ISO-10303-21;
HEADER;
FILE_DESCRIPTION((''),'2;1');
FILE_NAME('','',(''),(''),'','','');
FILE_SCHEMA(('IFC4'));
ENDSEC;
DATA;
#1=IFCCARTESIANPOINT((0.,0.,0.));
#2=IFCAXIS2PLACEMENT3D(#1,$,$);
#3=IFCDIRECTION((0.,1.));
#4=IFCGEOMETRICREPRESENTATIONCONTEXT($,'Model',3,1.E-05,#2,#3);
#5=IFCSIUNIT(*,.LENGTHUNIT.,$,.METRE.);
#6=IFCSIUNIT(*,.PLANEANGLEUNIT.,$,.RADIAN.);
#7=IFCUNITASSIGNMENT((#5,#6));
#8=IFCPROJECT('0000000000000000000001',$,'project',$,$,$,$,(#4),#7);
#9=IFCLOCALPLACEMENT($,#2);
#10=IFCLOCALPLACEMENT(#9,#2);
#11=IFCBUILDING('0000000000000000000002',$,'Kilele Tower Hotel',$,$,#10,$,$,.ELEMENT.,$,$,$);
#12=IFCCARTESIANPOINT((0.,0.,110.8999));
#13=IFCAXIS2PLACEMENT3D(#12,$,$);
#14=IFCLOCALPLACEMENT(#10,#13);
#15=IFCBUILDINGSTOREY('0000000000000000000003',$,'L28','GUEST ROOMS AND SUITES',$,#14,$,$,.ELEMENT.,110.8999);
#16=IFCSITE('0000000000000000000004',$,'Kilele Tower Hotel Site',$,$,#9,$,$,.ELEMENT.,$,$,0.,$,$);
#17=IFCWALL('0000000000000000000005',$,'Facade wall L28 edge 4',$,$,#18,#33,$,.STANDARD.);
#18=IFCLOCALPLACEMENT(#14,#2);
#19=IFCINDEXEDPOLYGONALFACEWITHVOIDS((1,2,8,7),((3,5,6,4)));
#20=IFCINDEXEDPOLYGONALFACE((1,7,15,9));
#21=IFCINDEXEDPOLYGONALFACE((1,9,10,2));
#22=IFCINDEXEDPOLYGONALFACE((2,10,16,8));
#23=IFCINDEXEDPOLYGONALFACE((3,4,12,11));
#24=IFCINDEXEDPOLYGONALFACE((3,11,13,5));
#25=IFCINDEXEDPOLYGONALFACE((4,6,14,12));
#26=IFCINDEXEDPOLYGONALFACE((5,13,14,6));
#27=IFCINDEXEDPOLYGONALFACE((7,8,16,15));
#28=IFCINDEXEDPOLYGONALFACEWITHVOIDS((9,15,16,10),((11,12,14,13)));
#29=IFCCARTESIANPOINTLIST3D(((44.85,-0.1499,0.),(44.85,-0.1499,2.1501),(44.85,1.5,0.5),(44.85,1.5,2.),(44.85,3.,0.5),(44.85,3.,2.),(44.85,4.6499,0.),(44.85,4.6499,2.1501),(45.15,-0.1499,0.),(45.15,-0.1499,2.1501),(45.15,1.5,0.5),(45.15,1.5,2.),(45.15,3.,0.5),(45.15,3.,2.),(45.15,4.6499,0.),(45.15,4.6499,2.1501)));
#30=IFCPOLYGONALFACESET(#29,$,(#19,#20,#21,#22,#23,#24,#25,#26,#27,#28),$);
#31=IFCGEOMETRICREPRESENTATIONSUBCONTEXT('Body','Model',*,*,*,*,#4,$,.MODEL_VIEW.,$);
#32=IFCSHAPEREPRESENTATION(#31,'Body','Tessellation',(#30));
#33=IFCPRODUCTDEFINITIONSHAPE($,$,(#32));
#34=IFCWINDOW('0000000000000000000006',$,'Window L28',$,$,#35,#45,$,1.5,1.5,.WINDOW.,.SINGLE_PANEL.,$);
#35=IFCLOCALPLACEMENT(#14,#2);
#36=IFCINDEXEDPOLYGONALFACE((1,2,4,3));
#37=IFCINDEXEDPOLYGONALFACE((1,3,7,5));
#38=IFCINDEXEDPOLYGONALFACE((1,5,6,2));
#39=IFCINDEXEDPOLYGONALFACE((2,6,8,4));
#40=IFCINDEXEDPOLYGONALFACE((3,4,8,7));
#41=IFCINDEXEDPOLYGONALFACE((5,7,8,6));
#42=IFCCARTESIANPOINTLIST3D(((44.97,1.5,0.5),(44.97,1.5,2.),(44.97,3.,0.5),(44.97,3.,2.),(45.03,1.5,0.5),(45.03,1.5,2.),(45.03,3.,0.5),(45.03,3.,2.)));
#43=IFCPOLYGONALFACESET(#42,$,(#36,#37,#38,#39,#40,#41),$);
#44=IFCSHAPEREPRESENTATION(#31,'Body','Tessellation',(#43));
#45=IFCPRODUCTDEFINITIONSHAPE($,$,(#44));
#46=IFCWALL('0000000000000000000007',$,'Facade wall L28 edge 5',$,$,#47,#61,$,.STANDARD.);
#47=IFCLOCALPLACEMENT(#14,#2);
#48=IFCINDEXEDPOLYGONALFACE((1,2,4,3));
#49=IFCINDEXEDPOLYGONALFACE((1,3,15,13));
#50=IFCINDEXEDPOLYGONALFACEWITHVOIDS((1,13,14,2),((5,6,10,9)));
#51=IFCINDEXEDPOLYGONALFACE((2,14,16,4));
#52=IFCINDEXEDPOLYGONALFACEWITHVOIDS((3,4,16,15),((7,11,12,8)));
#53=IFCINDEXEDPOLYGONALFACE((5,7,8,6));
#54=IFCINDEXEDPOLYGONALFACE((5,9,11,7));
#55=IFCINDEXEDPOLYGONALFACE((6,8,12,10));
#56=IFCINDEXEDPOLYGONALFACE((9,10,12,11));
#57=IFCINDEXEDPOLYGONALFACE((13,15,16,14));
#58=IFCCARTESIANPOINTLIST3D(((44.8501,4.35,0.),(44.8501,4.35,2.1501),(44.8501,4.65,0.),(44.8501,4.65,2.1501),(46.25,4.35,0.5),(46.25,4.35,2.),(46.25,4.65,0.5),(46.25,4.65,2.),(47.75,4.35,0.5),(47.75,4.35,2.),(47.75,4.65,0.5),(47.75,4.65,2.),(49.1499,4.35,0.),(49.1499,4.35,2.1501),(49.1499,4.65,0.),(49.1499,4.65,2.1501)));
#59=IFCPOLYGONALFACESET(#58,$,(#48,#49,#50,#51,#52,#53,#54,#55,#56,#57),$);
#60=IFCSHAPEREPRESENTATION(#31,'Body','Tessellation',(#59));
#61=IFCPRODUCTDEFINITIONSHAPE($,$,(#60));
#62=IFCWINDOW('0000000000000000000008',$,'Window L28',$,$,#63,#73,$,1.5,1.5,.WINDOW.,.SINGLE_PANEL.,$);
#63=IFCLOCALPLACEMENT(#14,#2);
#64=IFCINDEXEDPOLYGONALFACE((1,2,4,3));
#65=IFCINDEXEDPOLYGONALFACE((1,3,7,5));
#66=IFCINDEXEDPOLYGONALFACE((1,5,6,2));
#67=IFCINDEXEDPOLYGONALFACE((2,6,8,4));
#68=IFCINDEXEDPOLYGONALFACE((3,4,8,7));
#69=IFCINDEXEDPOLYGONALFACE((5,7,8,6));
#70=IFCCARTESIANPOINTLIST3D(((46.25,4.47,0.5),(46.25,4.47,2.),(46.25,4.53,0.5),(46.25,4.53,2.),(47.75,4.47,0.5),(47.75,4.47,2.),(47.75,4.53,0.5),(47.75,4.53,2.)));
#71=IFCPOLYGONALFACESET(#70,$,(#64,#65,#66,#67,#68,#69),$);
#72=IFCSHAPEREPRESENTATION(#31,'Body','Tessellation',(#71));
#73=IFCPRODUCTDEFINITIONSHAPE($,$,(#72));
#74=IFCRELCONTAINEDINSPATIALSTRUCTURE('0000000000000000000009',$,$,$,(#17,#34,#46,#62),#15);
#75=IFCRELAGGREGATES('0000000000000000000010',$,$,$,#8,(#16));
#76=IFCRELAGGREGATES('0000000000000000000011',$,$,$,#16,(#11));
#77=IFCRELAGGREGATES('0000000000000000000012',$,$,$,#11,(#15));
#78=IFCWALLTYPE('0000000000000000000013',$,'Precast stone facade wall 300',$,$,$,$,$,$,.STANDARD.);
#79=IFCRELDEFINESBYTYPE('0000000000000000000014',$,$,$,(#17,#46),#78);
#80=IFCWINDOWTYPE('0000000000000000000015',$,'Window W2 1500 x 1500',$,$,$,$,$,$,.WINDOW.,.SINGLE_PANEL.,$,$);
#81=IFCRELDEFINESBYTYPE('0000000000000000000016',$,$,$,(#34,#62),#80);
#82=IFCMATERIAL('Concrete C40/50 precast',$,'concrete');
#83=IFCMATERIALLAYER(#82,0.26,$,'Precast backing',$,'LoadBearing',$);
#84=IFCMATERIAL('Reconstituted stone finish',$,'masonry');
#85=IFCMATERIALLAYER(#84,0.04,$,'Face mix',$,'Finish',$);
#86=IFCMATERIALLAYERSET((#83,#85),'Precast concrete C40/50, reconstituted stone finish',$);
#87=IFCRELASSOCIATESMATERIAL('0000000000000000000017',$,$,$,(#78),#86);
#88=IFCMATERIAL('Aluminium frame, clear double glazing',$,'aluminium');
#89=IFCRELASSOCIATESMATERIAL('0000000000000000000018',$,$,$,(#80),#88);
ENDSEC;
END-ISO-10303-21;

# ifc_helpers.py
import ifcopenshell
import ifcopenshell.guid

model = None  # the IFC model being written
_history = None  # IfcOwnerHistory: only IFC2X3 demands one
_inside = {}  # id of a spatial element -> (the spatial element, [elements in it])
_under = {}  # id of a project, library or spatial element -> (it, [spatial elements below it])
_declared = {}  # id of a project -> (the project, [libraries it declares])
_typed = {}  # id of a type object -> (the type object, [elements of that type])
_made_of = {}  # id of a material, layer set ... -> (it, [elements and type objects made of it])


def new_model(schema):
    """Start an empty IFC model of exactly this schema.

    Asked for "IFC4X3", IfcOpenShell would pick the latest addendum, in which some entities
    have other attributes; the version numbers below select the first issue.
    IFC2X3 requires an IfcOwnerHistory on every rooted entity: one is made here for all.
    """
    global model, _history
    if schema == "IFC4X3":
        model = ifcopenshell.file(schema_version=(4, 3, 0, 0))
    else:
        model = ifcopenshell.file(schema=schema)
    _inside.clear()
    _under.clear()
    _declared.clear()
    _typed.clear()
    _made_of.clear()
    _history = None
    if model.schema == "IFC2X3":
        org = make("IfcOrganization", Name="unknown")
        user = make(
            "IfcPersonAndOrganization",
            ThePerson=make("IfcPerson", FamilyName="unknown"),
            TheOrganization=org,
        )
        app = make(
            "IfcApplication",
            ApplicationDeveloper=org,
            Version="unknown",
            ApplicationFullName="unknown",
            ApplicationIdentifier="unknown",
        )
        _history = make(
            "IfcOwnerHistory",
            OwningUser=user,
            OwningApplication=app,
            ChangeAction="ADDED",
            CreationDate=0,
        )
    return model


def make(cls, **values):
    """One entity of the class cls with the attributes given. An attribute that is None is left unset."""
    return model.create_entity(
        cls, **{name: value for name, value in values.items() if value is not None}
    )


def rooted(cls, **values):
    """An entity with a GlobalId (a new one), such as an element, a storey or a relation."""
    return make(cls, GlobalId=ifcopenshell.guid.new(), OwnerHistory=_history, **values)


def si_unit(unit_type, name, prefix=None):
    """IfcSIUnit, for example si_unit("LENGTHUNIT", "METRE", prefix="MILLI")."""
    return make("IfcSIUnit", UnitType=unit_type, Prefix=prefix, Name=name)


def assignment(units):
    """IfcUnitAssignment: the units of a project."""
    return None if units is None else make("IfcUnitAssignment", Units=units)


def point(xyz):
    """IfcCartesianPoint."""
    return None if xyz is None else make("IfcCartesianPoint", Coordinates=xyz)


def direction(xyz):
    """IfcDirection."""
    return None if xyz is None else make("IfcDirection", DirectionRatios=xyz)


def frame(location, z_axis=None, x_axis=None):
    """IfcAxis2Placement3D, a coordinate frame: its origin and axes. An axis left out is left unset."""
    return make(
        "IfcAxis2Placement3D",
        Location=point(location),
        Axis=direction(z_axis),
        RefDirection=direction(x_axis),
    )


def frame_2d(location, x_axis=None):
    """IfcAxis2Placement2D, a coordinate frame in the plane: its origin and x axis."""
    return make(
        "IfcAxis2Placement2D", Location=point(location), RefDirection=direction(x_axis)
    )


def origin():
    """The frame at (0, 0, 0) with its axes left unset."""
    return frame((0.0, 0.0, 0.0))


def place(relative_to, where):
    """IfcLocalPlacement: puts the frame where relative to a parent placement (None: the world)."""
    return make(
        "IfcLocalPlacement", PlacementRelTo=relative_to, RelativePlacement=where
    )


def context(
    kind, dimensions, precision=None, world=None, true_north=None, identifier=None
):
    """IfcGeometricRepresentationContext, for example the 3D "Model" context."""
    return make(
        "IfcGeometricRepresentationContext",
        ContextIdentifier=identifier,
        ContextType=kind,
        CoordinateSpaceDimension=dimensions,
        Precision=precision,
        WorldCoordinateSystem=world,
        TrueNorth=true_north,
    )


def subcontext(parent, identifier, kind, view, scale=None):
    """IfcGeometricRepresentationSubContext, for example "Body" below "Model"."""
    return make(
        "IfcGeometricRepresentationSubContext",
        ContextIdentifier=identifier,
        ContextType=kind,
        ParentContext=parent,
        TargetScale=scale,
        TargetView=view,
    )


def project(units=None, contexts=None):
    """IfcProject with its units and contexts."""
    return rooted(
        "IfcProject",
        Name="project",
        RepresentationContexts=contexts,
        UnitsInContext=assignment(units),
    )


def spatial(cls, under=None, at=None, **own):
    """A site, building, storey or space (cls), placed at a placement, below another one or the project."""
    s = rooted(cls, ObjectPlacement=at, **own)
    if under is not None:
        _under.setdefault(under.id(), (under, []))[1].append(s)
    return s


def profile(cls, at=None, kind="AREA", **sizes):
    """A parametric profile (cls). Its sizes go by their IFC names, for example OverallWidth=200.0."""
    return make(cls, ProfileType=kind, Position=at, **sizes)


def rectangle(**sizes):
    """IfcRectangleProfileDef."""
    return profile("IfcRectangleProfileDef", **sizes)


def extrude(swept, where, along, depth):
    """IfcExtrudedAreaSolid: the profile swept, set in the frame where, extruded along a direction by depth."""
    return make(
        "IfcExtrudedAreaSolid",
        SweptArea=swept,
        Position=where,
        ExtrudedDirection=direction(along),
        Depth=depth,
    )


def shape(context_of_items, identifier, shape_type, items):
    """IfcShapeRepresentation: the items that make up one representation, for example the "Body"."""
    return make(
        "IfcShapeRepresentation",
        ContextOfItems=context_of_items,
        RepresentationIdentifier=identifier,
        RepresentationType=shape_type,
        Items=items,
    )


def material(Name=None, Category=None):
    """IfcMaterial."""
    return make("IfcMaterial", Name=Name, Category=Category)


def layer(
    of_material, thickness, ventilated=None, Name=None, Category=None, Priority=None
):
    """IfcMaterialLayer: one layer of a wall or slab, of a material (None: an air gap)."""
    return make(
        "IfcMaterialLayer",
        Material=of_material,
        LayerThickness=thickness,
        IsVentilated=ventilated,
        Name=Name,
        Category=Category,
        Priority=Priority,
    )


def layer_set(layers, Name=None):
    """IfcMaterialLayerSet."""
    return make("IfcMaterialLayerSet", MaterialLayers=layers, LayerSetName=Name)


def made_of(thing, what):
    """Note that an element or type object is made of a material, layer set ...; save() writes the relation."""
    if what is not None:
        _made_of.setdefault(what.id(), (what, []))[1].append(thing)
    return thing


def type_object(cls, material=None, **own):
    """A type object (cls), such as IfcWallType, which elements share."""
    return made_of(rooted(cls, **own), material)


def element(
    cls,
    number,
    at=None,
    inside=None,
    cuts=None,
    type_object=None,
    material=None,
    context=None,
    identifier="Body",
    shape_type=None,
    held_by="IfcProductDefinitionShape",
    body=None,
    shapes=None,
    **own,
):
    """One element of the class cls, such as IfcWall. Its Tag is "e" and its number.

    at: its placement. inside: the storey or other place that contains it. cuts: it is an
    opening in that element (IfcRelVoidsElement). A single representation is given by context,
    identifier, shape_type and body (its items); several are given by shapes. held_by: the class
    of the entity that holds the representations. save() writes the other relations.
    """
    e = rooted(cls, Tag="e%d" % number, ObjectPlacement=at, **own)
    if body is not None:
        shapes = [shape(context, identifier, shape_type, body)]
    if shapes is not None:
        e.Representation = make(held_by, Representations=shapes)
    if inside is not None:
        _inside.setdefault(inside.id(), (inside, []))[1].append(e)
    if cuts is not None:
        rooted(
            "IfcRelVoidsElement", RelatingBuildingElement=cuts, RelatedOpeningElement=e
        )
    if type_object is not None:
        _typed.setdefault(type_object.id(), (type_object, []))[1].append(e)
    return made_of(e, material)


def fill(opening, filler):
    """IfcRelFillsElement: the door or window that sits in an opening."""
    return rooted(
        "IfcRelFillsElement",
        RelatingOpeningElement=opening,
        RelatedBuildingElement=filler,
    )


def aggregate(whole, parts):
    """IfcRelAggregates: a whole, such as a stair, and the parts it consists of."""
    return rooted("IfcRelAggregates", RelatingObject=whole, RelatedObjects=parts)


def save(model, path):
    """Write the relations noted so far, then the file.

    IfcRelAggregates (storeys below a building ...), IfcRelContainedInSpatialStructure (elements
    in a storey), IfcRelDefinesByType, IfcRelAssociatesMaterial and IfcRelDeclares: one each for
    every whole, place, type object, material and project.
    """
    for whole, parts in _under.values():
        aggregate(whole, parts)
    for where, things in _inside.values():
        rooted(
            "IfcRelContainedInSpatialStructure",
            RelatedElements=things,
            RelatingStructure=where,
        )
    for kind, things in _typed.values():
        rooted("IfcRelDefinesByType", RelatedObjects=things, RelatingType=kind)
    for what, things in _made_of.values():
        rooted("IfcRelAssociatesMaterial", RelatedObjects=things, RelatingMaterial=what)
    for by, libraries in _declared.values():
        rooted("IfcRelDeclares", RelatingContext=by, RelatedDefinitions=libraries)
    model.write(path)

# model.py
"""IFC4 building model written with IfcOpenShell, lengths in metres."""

from ifc_helpers import new_model, si_unit, direction, frame, frame_2d, origin, place, context, subcontext, project, spatial, rectangle, extrude, material, layer, layer_set, type_object, element, fill, save


model = new_model("IFC4")

# Units and contexts
model_context = context("Model", 3, precision=1e-05, world=origin(), true_north=direction((0.0, 1.0)))
body_context = subcontext(model_context, "Body", "Model", "MODEL_VIEW")
ifc_project = project(units=[si_unit("LENGTHUNIT", "METRE"), si_unit("PLANEANGLEUNIT", "RADIAN")], contexts=[model_context])

# Site, building, storey
site_placement = place(None, origin())
site = spatial("IfcSite", under=ifc_project, at=site_placement, Name="Kilele Tower Hotel Site", CompositionType="ELEMENT", RefElevation=0.0)
building_placement = place(site_placement, origin())
building = spatial("IfcBuilding", under=site, at=building_placement, Name="Kilele Tower Hotel", CompositionType="ELEMENT")
storey_placement = place(building_placement, frame((0.0, 0.0, 110.8999)))
storey = spatial("IfcBuildingStorey", under=building, at=storey_placement, Name="L28", Description="GUEST ROOMS AND SUITES", CompositionType="ELEMENT", Elevation=110.8999)

# Walls, openings, windows
ifc_material_1 = material(Name="Concrete C40/50 precast", Category="concrete")
ifc_layer_1 = layer(ifc_material_1, 0.26, Name="Precast backing", Category="LoadBearing")
ifc_material_2 = material(Name="Reconstituted stone finish", Category="masonry")
ifc_layer_2 = layer(ifc_material_2, 0.04, Name="Face mix", Category="Finish")
ifc_layer_set_1 = layer_set([ifc_layer_1, ifc_layer_2], Name="Precast concrete C40/50, reconstituted stone finish")
wall_type_1 = type_object("IfcWallType", Name="Precast stone facade wall 300", PredefinedType="STANDARD", material=ifc_layer_set_1)
wall_1_placement = place(storey_placement, frame((45.0, -0.1499, 0.0), z_axis=(0.0, 0.0, 1.0), x_axis=(0.0, 1.0, 0.0)))
wall_1 = element("IfcWall", 1, at=wall_1_placement, inside=storey, type_object=wall_type_1, Name="Facade wall L28 edge 4", PredefinedType="STANDARD", context=body_context, shape_type="SweptSolid", body=[
    extrude(rectangle(XDim=4.7998, YDim=0.3, at=frame_2d((2.3999, 0.0))), origin(), (0.0, 0.0, 1.0), 2.1501),
])
opening_1_placement = place(wall_1_placement, frame((1.6499, 0.0, 0.5)))
opening_1 = element("IfcOpeningElement", 2, at=opening_1_placement, cuts=wall_1, PredefinedType="OPENING", context=body_context, shape_type="SweptSolid", body=[
    extrude(rectangle(XDim=1.5, YDim=1.5, at=frame_2d((0.75, 0.75))), frame((0.0, 0.1599, 0.0), z_axis=(0.0, -1.0, 0.0), x_axis=(1.0, 0.0, 0.0)), (0.0, 0.0, 1.0), 0.3201),
])
ifc_material_3 = material(Name="Aluminium frame, clear double glazing", Category="aluminium")
window_type = type_object("IfcWindowType", Name="Window W2 1500 x 1500", PartitioningType="SINGLE_PANEL", PredefinedType="WINDOW", material=ifc_material_3)
window_1_placement = place(opening_1_placement, origin())
window_1 = element("IfcWindow", 3, at=window_1_placement, inside=storey, type_object=window_type, Name="Window L28", OverallHeight=1.5, OverallWidth=1.5, PartitioningType="SINGLE_PANEL", PredefinedType="WINDOW", context=body_context, shape_type="SweptSolid", body=[
    extrude(rectangle(XDim=1.5, YDim=1.5, at=frame_2d((0.75, 0.75))), frame((0.0, 0.03, 0.0), z_axis=(0.0, -1.0, 0.0), x_axis=(1.0, 0.0, 0.0)), (0.0, 0.0, 1.0), 0.0601),
])
fill(opening_1, window_1)
wall_2_placement = place(storey_placement, frame((44.8501, 4.5, 0.0), z_axis=(0.0, 0.0, 1.0), x_axis=(1.0, 0.0, 0.0)))
wall_2 = element("IfcWall", 4, at=wall_2_placement, inside=storey, type_object=wall_type_1, Name="Facade wall L28 edge 5", PredefinedType="STANDARD", context=body_context, shape_type="SweptSolid", body=[
    extrude(rectangle(XDim=4.2998, YDim=0.3, at=frame_2d((2.1499, 0.0))), origin(), (0.0, 0.0, 1.0), 2.1501),
])
opening_2_placement = place(wall_2_placement, frame((1.3999, 0.0, 0.5)))
opening_2 = element("IfcOpeningElement", 5, at=opening_2_placement, cuts=wall_2, PredefinedType="OPENING", context=body_context, shape_type="SweptSolid", body=[
    extrude(rectangle(XDim=1.5, YDim=1.5, at=frame_2d((0.75, 0.75))), frame((0.0, 0.1599, 0.0), z_axis=(0.0, -1.0, 0.0), x_axis=(1.0, 0.0, 0.0)), (0.0, 0.0, 1.0), 0.3201),
])
window_2_placement = place(opening_2_placement, origin())
window_2 = element("IfcWindow", 6, at=window_2_placement, inside=storey, type_object=window_type, Name="Window L28", OverallHeight=1.5, OverallWidth=1.5, PartitioningType="SINGLE_PANEL", PredefinedType="WINDOW", context=body_context, shape_type="SweptSolid", body=[
    extrude(rectangle(XDim=1.5, YDim=1.5, at=frame_2d((0.75, 0.75))), frame((0.0, 0.03, 0.0), z_axis=(0.0, -1.0, 0.0), x_axis=(1.0, 0.0, 0.0)), (0.0, 0.0, 1.0), 0.0601),
])
fill(opening_2, window_2)

save(model, "model.ifc")
